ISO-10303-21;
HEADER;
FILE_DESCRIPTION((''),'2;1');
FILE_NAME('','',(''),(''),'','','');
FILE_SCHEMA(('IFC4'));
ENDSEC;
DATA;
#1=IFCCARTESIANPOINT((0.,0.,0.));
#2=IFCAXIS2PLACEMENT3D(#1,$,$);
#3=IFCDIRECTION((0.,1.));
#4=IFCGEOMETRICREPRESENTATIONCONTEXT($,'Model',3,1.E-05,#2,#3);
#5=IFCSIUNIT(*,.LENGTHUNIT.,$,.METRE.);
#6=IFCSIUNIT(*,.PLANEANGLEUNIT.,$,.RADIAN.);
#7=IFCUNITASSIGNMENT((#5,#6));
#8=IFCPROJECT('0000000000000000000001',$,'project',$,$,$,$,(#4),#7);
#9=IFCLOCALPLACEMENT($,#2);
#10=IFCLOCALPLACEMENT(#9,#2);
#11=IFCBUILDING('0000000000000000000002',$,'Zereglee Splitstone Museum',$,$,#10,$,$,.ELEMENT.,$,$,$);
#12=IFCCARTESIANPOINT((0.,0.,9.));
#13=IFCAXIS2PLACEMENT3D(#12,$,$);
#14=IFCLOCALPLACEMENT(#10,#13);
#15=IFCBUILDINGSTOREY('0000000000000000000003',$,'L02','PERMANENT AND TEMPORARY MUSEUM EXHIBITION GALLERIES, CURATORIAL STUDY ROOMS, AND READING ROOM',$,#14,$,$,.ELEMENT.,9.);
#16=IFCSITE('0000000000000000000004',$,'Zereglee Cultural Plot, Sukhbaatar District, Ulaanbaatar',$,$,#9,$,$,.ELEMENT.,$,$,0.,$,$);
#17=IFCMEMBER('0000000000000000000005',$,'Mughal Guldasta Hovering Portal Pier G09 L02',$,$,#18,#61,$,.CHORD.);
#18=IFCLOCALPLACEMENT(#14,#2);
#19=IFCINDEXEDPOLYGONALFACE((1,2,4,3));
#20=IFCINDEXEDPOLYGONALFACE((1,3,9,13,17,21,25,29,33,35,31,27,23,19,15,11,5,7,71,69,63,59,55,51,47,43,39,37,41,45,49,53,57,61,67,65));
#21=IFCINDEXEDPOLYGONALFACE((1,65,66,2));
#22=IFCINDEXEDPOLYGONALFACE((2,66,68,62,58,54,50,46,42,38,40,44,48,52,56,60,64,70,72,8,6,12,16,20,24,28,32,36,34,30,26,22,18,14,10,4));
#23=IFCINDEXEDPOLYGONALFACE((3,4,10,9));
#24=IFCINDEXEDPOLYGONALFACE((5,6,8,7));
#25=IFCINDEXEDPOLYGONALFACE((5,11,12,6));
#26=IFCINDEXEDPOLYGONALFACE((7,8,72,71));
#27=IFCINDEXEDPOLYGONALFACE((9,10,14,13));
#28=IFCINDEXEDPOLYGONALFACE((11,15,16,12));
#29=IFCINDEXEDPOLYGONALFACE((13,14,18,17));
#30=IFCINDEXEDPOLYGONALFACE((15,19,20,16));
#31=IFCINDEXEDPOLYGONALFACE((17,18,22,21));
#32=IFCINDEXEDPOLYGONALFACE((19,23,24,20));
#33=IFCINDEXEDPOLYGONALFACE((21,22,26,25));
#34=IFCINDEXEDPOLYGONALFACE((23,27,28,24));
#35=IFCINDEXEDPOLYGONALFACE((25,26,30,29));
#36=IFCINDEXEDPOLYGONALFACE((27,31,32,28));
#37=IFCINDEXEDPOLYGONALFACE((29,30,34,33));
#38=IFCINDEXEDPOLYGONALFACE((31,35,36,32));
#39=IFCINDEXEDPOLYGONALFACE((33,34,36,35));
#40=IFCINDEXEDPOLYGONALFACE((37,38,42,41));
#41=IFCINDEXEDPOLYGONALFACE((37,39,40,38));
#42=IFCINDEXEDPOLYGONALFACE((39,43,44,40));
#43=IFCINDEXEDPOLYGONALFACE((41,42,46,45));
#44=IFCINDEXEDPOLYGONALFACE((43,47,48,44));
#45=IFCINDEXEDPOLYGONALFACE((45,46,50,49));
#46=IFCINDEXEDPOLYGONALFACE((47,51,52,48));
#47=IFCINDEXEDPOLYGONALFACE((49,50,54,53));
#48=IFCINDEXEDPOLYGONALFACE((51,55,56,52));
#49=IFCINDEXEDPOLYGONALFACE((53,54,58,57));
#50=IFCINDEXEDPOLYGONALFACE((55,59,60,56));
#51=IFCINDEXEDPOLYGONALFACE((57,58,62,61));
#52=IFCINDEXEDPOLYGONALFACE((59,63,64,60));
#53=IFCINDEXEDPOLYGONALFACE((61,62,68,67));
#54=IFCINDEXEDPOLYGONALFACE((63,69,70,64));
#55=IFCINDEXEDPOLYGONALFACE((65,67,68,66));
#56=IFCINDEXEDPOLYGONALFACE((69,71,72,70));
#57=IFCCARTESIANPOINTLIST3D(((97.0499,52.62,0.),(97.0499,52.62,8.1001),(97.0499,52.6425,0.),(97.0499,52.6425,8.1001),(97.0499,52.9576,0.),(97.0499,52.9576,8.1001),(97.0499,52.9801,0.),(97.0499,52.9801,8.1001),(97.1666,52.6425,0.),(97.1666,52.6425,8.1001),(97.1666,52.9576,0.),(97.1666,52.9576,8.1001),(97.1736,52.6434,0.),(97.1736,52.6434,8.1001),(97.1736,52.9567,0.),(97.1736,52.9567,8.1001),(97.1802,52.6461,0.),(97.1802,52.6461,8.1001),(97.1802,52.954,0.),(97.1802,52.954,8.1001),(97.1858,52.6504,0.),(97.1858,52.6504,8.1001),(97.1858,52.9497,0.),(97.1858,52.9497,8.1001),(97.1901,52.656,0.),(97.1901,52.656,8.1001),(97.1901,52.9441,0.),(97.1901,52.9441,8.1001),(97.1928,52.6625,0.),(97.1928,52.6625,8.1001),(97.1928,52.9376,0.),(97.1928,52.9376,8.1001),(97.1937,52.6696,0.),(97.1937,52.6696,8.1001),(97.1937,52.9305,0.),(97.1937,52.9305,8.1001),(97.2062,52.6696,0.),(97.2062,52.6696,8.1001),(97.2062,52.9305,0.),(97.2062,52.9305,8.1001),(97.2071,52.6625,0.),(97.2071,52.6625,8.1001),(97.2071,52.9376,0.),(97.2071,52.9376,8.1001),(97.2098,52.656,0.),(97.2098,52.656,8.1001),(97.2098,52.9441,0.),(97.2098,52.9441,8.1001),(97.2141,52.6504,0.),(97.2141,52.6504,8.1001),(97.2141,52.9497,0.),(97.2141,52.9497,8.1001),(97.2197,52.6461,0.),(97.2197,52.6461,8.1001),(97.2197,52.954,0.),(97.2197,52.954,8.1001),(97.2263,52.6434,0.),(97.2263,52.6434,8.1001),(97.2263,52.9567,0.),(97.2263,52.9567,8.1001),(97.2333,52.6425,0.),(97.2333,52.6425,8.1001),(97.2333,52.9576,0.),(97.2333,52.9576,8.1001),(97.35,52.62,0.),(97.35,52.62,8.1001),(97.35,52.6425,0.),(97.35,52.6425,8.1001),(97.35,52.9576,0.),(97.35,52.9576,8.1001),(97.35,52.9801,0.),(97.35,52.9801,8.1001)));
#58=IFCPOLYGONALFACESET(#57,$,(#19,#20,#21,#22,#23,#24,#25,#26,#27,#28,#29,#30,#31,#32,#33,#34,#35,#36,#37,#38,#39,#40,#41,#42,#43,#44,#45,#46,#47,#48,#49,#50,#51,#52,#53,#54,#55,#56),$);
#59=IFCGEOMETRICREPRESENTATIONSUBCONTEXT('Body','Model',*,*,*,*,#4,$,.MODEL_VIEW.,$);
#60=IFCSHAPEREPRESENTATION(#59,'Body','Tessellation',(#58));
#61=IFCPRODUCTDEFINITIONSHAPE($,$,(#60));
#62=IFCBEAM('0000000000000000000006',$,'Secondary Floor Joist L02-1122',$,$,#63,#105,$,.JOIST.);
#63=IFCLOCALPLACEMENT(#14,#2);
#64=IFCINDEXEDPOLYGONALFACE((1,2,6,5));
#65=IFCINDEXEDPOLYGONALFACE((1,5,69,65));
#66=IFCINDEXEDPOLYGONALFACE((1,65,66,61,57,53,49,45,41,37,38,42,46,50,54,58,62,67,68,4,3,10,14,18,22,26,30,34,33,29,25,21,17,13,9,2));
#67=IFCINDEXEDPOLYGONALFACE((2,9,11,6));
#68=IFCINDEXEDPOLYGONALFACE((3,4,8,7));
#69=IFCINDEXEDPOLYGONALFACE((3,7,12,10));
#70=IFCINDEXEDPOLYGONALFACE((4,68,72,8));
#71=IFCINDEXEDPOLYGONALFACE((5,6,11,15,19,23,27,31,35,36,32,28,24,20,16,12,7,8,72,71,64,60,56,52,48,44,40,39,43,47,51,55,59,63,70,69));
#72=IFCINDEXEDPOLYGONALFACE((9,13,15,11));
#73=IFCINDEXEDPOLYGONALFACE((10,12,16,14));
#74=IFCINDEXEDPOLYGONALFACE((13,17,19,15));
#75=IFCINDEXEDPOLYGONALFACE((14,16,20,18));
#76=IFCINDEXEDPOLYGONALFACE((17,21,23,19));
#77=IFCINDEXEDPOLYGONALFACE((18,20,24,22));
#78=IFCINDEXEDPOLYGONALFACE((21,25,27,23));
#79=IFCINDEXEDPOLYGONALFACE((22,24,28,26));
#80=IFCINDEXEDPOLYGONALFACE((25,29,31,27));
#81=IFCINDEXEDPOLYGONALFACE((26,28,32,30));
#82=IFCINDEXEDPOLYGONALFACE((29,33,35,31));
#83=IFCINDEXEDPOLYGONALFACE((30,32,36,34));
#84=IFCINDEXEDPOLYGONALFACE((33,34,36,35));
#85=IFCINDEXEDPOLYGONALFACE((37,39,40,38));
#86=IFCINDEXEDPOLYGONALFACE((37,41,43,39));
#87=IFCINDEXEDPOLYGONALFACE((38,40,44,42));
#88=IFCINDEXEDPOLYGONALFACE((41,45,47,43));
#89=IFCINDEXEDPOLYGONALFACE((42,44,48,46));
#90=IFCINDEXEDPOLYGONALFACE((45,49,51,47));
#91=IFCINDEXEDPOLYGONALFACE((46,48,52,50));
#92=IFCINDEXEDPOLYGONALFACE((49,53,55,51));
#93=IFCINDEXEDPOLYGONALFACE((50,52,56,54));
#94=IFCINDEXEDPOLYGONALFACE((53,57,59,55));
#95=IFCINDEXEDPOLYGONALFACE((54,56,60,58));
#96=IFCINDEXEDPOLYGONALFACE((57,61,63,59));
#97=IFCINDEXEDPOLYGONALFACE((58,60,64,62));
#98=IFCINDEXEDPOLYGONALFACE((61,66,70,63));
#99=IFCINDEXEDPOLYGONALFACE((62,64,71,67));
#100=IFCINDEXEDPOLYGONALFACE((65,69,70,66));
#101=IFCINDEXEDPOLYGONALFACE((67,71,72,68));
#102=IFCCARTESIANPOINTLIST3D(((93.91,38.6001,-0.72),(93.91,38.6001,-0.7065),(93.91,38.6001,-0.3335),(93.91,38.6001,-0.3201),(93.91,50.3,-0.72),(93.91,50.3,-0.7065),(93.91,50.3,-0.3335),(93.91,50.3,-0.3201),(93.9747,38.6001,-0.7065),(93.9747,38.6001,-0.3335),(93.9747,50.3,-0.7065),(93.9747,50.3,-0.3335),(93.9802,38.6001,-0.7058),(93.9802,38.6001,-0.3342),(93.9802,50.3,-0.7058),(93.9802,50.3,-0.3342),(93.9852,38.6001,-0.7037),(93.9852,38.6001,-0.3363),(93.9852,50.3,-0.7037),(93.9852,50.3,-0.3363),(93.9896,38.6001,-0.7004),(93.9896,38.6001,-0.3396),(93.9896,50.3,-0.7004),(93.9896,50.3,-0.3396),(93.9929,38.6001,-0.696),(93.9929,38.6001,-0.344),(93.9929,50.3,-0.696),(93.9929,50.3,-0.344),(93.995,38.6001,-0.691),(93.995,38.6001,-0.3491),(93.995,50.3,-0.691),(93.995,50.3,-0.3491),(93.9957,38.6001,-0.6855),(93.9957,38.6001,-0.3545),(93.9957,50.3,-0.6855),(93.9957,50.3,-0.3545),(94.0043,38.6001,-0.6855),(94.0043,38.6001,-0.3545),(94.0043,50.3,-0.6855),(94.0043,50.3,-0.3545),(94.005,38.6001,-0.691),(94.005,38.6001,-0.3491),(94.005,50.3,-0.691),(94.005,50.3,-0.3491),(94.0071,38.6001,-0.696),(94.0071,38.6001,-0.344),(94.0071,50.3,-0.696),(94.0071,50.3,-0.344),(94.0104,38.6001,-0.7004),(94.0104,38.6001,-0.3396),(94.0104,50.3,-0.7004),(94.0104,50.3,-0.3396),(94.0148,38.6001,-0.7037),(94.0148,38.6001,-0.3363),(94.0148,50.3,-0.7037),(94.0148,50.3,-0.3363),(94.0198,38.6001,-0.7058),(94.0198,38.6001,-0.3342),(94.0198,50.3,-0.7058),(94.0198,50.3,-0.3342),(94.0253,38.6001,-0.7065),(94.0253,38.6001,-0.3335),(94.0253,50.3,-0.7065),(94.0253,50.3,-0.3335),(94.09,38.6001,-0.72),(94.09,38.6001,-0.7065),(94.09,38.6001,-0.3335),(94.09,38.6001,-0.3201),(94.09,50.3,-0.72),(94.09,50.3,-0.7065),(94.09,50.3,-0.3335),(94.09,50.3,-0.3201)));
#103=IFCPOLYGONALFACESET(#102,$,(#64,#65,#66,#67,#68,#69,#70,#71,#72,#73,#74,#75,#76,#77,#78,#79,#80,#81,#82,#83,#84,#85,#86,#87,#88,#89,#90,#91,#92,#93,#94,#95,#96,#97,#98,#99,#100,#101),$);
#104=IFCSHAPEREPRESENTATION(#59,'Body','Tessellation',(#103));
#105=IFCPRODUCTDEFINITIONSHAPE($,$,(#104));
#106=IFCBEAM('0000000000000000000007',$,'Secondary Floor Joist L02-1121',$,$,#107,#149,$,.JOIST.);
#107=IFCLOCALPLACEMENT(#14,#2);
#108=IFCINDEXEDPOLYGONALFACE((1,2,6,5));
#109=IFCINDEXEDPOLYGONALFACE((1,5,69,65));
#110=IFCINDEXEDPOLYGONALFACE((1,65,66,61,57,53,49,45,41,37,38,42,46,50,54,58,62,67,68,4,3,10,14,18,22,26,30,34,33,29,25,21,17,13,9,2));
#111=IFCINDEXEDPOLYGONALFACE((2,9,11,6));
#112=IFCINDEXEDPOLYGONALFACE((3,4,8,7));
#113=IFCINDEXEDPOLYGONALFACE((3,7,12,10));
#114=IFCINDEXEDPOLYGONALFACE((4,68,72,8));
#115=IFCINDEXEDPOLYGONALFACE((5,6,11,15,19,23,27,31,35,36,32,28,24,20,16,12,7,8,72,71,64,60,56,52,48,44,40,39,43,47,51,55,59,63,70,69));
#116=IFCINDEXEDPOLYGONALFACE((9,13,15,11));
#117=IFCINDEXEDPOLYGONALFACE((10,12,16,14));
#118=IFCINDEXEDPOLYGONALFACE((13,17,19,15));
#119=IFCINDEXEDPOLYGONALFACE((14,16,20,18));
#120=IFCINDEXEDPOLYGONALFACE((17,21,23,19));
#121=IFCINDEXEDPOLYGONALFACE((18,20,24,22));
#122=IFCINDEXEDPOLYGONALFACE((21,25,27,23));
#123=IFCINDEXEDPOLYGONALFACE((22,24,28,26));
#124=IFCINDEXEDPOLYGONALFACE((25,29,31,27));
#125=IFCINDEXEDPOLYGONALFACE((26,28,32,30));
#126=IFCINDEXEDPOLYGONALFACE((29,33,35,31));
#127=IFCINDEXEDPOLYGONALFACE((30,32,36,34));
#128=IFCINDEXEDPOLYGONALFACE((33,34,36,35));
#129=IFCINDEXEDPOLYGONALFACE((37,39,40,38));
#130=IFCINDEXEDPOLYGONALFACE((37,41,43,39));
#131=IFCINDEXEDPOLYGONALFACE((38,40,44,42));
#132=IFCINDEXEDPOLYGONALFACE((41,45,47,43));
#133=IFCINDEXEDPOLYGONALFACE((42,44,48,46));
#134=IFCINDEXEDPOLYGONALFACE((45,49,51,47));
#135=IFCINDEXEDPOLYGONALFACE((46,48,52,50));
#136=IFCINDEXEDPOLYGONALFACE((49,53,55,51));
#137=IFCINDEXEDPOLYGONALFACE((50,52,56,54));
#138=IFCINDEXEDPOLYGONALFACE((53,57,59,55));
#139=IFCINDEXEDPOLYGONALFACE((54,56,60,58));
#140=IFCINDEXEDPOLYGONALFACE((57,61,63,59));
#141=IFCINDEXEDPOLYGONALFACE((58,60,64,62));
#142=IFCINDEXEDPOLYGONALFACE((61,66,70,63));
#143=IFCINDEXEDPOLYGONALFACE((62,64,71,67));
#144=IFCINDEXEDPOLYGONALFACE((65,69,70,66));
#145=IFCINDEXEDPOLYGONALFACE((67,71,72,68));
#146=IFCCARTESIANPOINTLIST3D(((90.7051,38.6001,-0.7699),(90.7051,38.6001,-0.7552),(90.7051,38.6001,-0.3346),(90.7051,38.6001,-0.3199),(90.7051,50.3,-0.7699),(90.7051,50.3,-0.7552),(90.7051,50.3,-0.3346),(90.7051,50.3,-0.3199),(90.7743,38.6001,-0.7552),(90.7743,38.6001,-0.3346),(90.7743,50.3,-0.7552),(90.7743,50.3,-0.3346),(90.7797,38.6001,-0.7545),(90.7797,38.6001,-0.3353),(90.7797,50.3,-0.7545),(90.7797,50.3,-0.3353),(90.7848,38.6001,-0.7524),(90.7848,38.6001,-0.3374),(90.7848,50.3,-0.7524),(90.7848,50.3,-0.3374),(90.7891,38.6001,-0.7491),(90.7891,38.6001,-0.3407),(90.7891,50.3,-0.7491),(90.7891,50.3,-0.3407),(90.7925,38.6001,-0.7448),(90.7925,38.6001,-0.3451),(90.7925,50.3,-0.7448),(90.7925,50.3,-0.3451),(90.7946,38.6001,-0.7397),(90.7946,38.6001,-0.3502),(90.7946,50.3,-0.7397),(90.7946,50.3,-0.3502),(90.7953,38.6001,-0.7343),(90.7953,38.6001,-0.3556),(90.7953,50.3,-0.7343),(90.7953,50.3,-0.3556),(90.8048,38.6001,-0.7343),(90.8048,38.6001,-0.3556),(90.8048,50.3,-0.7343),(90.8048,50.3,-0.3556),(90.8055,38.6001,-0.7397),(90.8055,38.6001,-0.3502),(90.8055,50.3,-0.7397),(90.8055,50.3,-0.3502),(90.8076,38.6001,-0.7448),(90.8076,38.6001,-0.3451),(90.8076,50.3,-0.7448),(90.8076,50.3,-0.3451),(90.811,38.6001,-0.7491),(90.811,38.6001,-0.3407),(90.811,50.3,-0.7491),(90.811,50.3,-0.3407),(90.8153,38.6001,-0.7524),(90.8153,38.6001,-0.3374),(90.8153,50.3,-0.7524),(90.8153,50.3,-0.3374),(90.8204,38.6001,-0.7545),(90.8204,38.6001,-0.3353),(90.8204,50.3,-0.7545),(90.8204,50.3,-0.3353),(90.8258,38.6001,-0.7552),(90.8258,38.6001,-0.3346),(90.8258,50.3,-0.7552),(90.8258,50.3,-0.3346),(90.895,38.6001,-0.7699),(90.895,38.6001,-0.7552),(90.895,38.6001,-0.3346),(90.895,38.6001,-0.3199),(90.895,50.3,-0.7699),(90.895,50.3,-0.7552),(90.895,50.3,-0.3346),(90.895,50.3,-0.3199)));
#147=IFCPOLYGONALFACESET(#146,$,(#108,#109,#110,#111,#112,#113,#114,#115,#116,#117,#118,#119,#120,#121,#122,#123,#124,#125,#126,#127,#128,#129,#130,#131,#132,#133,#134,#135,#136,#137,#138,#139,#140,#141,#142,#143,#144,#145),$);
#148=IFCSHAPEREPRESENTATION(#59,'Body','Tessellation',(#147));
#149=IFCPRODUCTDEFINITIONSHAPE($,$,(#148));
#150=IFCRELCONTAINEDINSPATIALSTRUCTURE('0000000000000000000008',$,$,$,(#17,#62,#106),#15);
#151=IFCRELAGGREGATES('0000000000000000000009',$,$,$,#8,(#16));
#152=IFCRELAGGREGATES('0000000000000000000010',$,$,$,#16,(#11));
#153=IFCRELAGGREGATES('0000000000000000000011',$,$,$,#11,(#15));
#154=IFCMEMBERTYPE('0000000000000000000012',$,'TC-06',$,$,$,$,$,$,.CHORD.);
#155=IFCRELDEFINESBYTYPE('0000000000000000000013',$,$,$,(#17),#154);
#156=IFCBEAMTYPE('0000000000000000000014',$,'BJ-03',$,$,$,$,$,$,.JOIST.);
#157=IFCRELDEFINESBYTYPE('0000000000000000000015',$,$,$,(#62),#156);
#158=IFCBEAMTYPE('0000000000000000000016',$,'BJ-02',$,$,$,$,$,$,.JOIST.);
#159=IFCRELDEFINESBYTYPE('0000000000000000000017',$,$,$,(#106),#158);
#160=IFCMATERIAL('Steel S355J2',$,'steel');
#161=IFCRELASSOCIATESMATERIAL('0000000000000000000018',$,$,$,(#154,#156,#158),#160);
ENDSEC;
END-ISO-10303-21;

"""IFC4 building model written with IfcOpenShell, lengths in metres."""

from ifc_helpers import new_model, si_unit, direction, frame, origin, origin_2d, place, context, subcontext, project, spatial, i_section, extrude, material, material_profile, profile_set, type_object, element, save


model = new_model("IFC4")

# Units and contexts
model_context = context("Model", 3, precision=1e-05, world=origin(), true_north=direction((0.0, 1.0)))
body_context = subcontext(model_context, "Body", "Model", "MODEL_VIEW")
ifc_project = project(units=[si_unit("LENGTHUNIT", "METRE"), si_unit("PLANEANGLEUNIT", "RADIAN")], contexts=[model_context])

# Site, building, storey
site_placement = place(None, origin())
site = spatial("IfcSite", under=ifc_project, at=site_placement, Name="Zereglee Cultural Plot, Sukhbaatar District, Ulaanbaatar", CompositionType="ELEMENT", RefElevation=0.0)
building_placement = place(site_placement, origin())
building = spatial("IfcBuilding", under=site, at=building_placement, Name="Zereglee Splitstone Museum", CompositionType="ELEMENT")
storey_placement = place(building_placement, frame((0.0, 0.0, 9.0)))
storey = spatial("IfcBuildingStorey", under=building, at=storey_placement, Name="L02", Description="PERMANENT AND TEMPORARY MUSEUM EXHIBITION GALLERIES, CURATORIAL STUDY ROOMS, AND READING ROOM", CompositionType="ELEMENT", Elevation=9.0)

# Shared definitions
ifc_material_1 = material(Name="Steel S355J2", Category="steel")

# Member
ifc_material_profile_1 = material_profile(ifc_material_1, i_section(OverallWidth=0.3, OverallDepth=0.3601, WebThickness=0.0125, FlangeThickness=0.0225, FilletRadius=0.0271, at=origin_2d()), Name="HE 360 B")
ifc_profile_set_1 = profile_set([ifc_material_profile_1], Name="Steel S355J2")
member_type_1 = type_object("IfcMemberType", Name="TC-06", PredefinedType="CHORD", material=ifc_profile_set_1)
member_1_placement = place(storey_placement, frame((97.2, 52.8, 0.0), z_axis=(0.0, 0.0, 1.0), x_axis=(1.0, 0.0, 0.0)))
element("IfcMember", 1, at=member_1_placement, inside=storey, type_object=member_type_1, Name="Mughal Guldasta Hovering Portal Pier G09 L02", PredefinedType="CHORD", context=body_context, shape_type="SweptSolid", body=[
    extrude(i_section(OverallWidth=0.3, OverallDepth=0.3601, WebThickness=0.0125, FlangeThickness=0.0225, FilletRadius=0.0271, at=origin_2d()), origin(), (0.0, 0.0, 1.0), 8.1001),
])

# Beams
ifc_material_profile_2 = material_profile(ifc_material_1, i_section(OverallWidth=0.1799, OverallDepth=0.3999, WebThickness=0.0085, FlangeThickness=0.0134, FilletRadius=0.021, at=origin_2d()), Name="IPE 400")
ifc_profile_set_2 = profile_set([ifc_material_profile_2], Name="Steel S355J2")
beam_type_1 = type_object("IfcBeamType", Name="BJ-03", PredefinedType="JOIST", material=ifc_profile_set_2)
beam_1_placement = place(storey_placement, frame((94.0, 38.6001, -0.52), z_axis=(0.0, 1.0, 0.0), x_axis=(-1.0, 0.0, 0.0)))
element("IfcBeam", 2, at=beam_1_placement, inside=storey, type_object=beam_type_1, Name="Secondary Floor Joist L02-1122", PredefinedType="JOIST", context=body_context, shape_type="SweptSolid", body=[
    extrude(i_section(OverallWidth=0.1799, OverallDepth=0.3999, WebThickness=0.0085, FlangeThickness=0.0134, FilletRadius=0.021, at=origin_2d()), origin(), (0.0, 0.0, 1.0), 11.7),
])
ifc_material_profile_3 = material_profile(ifc_material_1, i_section(OverallWidth=0.1899, OverallDepth=0.45, WebThickness=0.0095, FlangeThickness=0.0146, FilletRadius=0.021, at=origin_2d()), Name="IPE 450")
ifc_profile_set_3 = profile_set([ifc_material_profile_3], Name="Steel S355J2")
beam_type_2 = type_object("IfcBeamType", Name="BJ-02", PredefinedType="JOIST", material=ifc_profile_set_3)
beam_2_placement = place(storey_placement, frame((90.8, 38.6001, -0.5449), z_axis=(0.0, 1.0, 0.0), x_axis=(-1.0, 0.0, 0.0)))
element("IfcBeam", 3, at=beam_2_placement, inside=storey, type_object=beam_type_2, Name="Secondary Floor Joist L02-1121", PredefinedType="JOIST", context=body_context, shape_type="SweptSolid", body=[
    extrude(i_section(OverallWidth=0.1899, OverallDepth=0.45, WebThickness=0.0095, FlangeThickness=0.0146, FilletRadius=0.021, at=origin_2d()), origin(), (0.0, 0.0, 1.0), 11.7),
])

save(model, "model.ifc")
